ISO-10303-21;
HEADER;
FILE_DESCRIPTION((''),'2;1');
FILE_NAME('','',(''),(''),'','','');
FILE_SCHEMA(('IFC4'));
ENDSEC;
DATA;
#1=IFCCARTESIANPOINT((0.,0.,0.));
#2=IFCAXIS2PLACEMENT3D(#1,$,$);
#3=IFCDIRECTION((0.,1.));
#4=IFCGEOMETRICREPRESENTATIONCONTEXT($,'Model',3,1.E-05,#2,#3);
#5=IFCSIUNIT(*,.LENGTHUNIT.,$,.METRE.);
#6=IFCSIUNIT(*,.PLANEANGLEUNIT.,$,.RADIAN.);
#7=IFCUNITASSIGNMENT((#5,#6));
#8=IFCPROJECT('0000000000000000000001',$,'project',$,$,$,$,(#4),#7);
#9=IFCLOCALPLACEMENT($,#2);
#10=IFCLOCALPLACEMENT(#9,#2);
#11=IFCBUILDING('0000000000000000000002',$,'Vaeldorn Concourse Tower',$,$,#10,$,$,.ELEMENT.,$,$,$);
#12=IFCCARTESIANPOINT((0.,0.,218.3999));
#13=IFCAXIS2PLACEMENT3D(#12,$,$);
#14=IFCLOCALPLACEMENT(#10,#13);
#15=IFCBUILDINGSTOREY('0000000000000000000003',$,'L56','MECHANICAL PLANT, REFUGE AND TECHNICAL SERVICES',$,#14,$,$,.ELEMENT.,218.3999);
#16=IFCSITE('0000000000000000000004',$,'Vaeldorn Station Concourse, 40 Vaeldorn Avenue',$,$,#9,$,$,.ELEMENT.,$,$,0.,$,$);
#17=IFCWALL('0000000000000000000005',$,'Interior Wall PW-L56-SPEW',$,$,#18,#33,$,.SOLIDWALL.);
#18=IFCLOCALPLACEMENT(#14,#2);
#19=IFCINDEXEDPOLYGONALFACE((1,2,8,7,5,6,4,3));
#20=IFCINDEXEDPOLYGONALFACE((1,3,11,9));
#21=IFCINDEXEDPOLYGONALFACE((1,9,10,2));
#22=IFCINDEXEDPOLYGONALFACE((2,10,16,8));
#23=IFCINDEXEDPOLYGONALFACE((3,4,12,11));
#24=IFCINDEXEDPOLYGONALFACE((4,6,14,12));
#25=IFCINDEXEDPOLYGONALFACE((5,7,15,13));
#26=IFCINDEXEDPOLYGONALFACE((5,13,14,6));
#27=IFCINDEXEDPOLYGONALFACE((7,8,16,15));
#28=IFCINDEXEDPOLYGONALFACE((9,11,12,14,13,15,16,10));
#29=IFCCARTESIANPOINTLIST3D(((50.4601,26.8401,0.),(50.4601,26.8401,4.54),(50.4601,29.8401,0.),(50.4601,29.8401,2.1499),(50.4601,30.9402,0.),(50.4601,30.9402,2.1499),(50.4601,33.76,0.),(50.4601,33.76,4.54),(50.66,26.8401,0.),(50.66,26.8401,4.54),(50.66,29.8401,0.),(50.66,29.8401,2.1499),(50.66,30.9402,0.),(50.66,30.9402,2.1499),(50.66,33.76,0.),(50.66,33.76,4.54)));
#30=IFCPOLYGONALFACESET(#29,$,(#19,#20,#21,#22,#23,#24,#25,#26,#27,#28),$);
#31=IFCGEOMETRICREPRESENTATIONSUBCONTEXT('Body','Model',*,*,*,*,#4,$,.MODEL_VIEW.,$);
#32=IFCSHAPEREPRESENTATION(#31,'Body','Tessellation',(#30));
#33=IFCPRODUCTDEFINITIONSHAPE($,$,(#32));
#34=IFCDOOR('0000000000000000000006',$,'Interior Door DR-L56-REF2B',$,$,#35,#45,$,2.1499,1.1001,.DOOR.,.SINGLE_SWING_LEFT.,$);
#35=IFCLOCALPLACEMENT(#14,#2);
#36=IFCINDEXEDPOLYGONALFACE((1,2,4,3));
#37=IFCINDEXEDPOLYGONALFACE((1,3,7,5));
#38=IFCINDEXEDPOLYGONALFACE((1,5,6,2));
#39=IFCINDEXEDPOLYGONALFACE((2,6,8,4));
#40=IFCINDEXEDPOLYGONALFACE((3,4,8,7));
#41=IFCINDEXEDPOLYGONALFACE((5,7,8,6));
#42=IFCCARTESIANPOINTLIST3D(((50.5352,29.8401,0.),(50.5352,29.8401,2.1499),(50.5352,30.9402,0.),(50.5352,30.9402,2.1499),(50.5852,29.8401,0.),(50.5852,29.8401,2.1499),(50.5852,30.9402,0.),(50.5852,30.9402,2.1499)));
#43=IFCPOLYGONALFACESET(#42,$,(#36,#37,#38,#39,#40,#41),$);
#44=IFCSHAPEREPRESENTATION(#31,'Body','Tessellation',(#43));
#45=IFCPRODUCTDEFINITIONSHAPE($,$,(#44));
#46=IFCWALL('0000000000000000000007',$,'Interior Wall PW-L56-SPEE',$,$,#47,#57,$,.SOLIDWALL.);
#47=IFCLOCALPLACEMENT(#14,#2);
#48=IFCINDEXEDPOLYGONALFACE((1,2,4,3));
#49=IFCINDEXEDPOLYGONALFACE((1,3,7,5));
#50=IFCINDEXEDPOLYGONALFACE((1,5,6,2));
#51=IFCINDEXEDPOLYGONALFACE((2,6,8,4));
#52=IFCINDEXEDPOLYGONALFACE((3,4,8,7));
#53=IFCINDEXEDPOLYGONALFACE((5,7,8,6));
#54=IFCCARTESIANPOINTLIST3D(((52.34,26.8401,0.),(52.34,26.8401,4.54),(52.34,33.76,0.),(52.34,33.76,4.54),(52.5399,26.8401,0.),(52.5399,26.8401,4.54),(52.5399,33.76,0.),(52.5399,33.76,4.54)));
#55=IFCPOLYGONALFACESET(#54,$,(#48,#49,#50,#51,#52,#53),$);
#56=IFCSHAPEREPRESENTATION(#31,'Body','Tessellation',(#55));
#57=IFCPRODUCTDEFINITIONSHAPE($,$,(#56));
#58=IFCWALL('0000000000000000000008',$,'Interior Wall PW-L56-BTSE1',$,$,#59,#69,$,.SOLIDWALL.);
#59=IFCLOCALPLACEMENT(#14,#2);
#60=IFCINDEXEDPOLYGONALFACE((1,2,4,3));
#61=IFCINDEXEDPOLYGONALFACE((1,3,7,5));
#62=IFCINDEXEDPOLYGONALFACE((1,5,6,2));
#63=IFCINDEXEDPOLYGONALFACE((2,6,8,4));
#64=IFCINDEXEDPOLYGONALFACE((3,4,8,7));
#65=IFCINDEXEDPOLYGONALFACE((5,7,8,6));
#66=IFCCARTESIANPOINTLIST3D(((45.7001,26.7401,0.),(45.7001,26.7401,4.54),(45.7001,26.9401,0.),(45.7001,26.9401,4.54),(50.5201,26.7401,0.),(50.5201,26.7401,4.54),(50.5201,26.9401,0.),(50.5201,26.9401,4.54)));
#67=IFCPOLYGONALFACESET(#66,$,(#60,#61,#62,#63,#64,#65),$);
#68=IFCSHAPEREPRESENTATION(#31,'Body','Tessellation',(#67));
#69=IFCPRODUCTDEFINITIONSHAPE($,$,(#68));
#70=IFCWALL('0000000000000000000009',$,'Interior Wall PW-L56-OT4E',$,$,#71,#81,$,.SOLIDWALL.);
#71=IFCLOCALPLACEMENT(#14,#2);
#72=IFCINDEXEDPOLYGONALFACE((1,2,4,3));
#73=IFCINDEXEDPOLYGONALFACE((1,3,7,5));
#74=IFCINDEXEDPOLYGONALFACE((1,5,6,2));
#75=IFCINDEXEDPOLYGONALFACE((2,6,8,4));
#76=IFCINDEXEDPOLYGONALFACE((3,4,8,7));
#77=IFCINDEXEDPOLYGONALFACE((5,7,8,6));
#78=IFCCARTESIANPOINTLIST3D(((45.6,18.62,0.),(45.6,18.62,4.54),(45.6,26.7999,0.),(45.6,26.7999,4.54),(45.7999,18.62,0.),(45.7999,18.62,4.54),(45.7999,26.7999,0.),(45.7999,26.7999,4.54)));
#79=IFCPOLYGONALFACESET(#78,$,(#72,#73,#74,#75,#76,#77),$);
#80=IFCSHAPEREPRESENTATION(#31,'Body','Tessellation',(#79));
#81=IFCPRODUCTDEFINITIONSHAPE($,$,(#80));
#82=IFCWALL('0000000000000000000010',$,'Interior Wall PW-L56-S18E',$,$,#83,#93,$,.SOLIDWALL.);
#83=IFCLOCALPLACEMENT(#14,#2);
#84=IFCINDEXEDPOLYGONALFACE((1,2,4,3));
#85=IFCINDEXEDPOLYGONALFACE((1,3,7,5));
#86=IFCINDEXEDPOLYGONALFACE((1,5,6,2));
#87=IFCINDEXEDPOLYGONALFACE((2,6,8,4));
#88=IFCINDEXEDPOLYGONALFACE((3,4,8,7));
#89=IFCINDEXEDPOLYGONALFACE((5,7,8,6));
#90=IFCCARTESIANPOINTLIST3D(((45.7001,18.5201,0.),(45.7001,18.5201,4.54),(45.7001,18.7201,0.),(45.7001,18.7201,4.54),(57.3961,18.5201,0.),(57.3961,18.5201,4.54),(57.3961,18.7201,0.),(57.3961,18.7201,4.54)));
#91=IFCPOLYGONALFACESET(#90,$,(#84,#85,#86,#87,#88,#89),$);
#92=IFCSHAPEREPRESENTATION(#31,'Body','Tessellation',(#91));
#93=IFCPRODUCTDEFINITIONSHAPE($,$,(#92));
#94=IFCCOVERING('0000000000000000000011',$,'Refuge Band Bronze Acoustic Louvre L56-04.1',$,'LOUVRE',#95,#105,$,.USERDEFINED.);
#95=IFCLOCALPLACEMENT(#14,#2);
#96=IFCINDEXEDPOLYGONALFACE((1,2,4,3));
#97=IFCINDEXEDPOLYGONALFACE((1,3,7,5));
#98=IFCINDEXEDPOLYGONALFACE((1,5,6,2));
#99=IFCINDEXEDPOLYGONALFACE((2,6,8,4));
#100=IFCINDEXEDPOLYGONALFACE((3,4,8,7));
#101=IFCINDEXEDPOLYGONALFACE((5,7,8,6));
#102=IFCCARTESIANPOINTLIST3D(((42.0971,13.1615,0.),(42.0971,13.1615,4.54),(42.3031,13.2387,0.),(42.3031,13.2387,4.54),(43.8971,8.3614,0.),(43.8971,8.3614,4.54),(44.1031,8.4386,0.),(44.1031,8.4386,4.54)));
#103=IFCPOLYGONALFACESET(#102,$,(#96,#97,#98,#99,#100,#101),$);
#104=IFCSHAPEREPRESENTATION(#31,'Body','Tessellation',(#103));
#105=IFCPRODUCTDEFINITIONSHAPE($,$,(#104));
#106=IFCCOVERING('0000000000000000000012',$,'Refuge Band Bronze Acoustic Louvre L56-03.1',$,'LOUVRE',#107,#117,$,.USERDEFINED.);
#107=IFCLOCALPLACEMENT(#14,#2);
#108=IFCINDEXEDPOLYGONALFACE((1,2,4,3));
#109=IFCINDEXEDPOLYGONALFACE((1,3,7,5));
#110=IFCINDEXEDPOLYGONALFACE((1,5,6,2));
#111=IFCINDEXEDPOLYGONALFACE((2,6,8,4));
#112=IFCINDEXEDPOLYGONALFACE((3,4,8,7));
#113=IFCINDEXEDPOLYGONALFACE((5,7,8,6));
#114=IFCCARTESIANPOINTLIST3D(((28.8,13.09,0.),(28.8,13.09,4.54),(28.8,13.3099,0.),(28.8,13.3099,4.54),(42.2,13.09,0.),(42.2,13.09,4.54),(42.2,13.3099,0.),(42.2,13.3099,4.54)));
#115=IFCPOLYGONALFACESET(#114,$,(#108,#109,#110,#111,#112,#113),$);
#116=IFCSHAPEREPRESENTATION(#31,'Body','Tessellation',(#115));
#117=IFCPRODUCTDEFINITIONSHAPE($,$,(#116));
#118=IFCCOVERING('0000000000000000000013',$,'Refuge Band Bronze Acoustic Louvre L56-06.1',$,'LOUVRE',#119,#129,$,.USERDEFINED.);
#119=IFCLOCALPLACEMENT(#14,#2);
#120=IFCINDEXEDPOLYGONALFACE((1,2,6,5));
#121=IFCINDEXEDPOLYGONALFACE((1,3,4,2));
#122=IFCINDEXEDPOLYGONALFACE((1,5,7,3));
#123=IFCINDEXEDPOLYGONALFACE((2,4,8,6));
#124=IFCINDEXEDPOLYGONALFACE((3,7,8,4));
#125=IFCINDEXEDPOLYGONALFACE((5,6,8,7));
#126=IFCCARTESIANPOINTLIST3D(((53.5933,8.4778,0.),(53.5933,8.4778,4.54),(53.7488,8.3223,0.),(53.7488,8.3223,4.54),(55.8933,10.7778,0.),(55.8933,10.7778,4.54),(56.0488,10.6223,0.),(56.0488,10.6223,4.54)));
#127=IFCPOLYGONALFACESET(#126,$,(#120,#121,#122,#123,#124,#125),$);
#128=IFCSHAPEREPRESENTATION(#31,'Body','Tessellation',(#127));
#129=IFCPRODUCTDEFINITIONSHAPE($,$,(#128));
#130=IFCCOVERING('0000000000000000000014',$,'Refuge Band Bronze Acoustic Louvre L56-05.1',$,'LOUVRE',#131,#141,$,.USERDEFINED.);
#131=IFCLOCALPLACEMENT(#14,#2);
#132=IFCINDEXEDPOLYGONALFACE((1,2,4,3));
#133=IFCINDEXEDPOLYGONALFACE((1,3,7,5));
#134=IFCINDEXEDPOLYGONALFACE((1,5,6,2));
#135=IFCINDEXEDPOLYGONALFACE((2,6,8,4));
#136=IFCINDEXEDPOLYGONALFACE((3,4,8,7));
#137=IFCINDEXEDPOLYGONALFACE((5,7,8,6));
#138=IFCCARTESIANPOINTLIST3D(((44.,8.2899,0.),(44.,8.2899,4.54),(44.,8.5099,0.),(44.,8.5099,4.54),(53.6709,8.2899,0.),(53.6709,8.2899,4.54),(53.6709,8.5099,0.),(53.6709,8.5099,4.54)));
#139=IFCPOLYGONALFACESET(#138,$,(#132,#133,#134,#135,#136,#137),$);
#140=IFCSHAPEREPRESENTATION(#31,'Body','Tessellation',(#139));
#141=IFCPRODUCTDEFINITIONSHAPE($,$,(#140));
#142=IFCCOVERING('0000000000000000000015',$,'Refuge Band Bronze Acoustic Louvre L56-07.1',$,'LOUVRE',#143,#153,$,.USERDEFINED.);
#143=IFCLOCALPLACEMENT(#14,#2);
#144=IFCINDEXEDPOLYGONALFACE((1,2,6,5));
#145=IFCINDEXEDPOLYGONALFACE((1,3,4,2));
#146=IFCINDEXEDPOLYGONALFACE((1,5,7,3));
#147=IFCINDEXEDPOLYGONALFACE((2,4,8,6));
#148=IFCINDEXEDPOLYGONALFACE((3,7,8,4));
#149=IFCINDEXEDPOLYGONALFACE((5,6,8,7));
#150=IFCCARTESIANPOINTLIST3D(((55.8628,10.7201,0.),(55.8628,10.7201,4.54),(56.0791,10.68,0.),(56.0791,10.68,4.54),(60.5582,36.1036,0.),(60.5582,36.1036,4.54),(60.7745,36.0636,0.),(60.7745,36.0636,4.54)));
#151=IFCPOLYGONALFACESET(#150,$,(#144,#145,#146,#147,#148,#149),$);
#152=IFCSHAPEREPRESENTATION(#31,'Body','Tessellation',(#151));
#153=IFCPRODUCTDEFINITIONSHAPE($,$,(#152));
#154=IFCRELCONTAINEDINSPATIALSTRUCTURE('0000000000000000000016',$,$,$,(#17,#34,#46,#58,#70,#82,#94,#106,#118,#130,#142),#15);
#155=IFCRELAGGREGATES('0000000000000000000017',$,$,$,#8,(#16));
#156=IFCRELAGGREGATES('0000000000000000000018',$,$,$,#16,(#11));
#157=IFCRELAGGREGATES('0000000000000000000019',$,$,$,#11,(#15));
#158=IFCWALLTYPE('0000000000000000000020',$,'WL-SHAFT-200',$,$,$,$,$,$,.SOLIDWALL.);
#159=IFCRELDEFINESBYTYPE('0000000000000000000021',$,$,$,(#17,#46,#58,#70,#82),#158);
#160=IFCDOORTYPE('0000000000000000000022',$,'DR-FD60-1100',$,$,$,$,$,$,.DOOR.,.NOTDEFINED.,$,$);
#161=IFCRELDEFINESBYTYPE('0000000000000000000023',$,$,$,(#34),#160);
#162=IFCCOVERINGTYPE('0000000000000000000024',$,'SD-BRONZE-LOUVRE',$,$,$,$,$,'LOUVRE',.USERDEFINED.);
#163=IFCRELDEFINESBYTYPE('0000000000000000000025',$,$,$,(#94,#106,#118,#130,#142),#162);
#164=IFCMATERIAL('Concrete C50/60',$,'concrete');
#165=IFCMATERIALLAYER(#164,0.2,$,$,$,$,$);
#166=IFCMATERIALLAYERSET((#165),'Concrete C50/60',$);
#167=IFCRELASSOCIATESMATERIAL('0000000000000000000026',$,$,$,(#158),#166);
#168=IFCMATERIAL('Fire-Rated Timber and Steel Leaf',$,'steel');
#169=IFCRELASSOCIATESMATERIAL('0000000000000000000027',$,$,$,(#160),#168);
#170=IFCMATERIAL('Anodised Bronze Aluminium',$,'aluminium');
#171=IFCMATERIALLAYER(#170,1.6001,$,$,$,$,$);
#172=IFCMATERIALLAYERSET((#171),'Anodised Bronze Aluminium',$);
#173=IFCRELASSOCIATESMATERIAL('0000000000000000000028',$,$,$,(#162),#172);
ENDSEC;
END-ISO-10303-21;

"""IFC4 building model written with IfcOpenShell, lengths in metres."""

from ifc_helpers import new_model, si_unit, direction, frame, frame_2d, origin, origin_2d, place, context, subcontext, project, spatial, rectangle, extrude, source, transform, mapped, material, layer, layer_set, type_object, element, fill, save


model = new_model("IFC4")

# Units and contexts
model_context = context("Model", 3, precision=1e-05, world=origin(), true_north=direction((0.0, 1.0)))
body_context = subcontext(model_context, "Body", "Model", "MODEL_VIEW")
ifc_project = project(units=[si_unit("LENGTHUNIT", "METRE"), si_unit("PLANEANGLEUNIT", "RADIAN")], contexts=[model_context])

# Site, building, storey
site_placement = place(None, origin())
site = spatial("IfcSite", under=ifc_project, at=site_placement, Name="Vaeldorn Station Concourse, 40 Vaeldorn Avenue", CompositionType="ELEMENT", RefElevation=0.0)
building_placement = place(site_placement, origin())
building = spatial("IfcBuilding", under=site, at=building_placement, Name="Vaeldorn Concourse Tower", CompositionType="ELEMENT")
storey_placement = place(building_placement, frame((0.0, 0.0, 218.3999)))
storey = spatial("IfcBuildingStorey", under=building, at=storey_placement, Name="L56", Description="MECHANICAL PLANT, REFUGE AND TECHNICAL SERVICES", CompositionType="ELEMENT", Elevation=218.3999)

# Wall, opening, door
ifc_material_1 = material(Name="Concrete C50/60", Category="concrete")
ifc_layer_1 = layer(ifc_material_1, 0.2)
ifc_layer_set_1 = layer_set([ifc_layer_1], Name="Concrete C50/60")
wall_type = type_object("IfcWallType", Name="WL-SHAFT-200", PredefinedType="SOLIDWALL", material=ifc_layer_set_1)
wall_1_placement = place(storey_placement, frame((50.5601, 26.8401, 0.0), z_axis=(0.0, 0.0, 1.0), x_axis=(0.0, 1.0, 0.0)))
wall_1 = element("IfcWall", 1, at=wall_1_placement, inside=storey, type_object=wall_type, Name="Interior Wall PW-L56-SPEW", PredefinedType="SOLIDWALL", context=body_context, shape_type="SweptSolid", body=[
    extrude(rectangle(XDim=6.9199, YDim=0.2, at=frame_2d((3.46, 0.0))), origin(), (0.0, 0.0, 1.0), 4.54),
])
opening_1_placement = place(wall_1_placement, frame((3.0, 0.0, 0.0)))
opening_1 = element("IfcOpeningElement", 2, at=opening_1_placement, cuts=wall_1, PredefinedType="OPENING", context=body_context, shape_type="SweptSolid", body=[
    extrude(rectangle(XDim=1.1001, YDim=2.1499, at=frame_2d((0.55, 1.075))), frame((0.0, 0.1099, 0.0), z_axis=(0.0, -1.0, 0.0), x_axis=(1.0, 0.0, 0.0)), (0.0, 0.0, 1.0), 0.22),
])
ifc_material_2 = material(Name="Fire-Rated Timber and Steel Leaf", Category="steel")
door_type = type_object("IfcDoorType", Name="DR-FD60-1100", OperationType="NOTDEFINED", PredefinedType="DOOR", material=ifc_material_2)
shared_shape_1 = source(origin(), body_context, "Body", "SweptSolid", [
    extrude(rectangle(XDim=1.1001, YDim=2.1499, at=frame_2d((0.55, 1.075))), frame((0.0, 0.0249, 0.0), z_axis=(0.0, -1.0, 0.0), x_axis=(1.0, 0.0, 0.0)), (0.0, 0.0, 1.0), 0.05),
])
door_1_placement = place(opening_1_placement, origin())
door_1 = element("IfcDoor", 3, at=door_1_placement, inside=storey, type_object=door_type, Name="Interior Door DR-L56-REF2B", OperationType="SINGLE_SWING_LEFT", OverallHeight=2.1499, OverallWidth=1.1001, PredefinedType="DOOR", context=body_context, shape_type="MappedRepresentation", body=[
    mapped(shared_shape_1, transform((0.0, 0.0, 0.0), scale=1.0)),
])
fill(opening_1, door_1)

# Wall
wall_2_placement = place(storey_placement, frame((52.4399, 26.8401, 0.0), z_axis=(0.0, 0.0, 1.0), x_axis=(0.0, 1.0, 0.0)))
element("IfcWall", 4, at=wall_2_placement, inside=storey, type_object=wall_type, Name="Interior Wall PW-L56-SPEE", PredefinedType="SOLIDWALL", context=body_context, shape_type="SweptSolid", body=[
    extrude(rectangle(XDim=6.9199, YDim=0.2, at=frame_2d((3.46, 0.0))), origin(), (0.0, 0.0, 1.0), 4.54),
])

# Walls
wall_3_placement = place(storey_placement, frame((45.7, 26.8401, 0.0), z_axis=(0.0, 0.0, 1.0), x_axis=(1.0, 0.0, 0.0)))
element("IfcWall", 5, at=wall_3_placement, inside=storey, type_object=wall_type, Name="Interior Wall PW-L56-BTSE1", PredefinedType="SOLIDWALL", context=body_context, shape_type="SweptSolid", body=[
    extrude(rectangle(XDim=4.8201, YDim=0.2, at=frame_2d((2.4102, 0.0))), origin(), (0.0, 0.0, 1.0), 4.54),
])
wall_4_placement = place(storey_placement, frame((45.7, 18.6201, 0.0), z_axis=(0.0, 0.0, 1.0), x_axis=(0.0, 1.0, 0.0)))
element("IfcWall", 6, at=wall_4_placement, inside=storey, type_object=wall_type, Name="Interior Wall PW-L56-OT4E", PredefinedType="SOLIDWALL", context=body_context, shape_type="SweptSolid", body=[
    extrude(rectangle(XDim=8.1799, YDim=0.2, at=frame_2d((4.0898, 0.0))), origin(), (0.0, 0.0, 1.0), 4.54),
])
wall_5_placement = place(storey_placement, frame((45.7, 18.6201, 0.0), z_axis=(0.0, 0.0, 1.0), x_axis=(1.0, 0.0, 0.0)))
element("IfcWall", 7, at=wall_5_placement, inside=storey, type_object=wall_type, Name="Interior Wall PW-L56-S18E", PredefinedType="SOLIDWALL", context=body_context, shape_type="SweptSolid", body=[
    extrude(rectangle(XDim=11.696, YDim=0.2, at=frame_2d((5.8481, 0.0))), origin(), (0.0, 0.0, 1.0), 4.54),
])

# Shared definitions
ifc_material_3 = material(Name="Anodised Bronze Aluminium", Category="aluminium")

# Coverings
ifc_layer_2 = layer(ifc_material_3, 1.6001)
ifc_layer_set_2 = layer_set([ifc_layer_2], Name="Anodised Bronze Aluminium")
covering_type = type_object("IfcCoveringType", Name="SD-BRONZE-LOUVRE", ElementType="LOUVRE", PredefinedType="USERDEFINED", material=ifc_layer_set_2)
shared_shape_2 = source(origin(), body_context, "Body", "SweptSolid", [
    extrude(rectangle(XDim=5.1265, YDim=0.22, at=origin_2d()), origin(), (0.0, 0.0, 1.0), 4.54),
])
covering_1_placement = place(storey_placement, frame((43.1001, 10.8, 0.0), z_axis=(0.0, 0.0, 1.0), x_axis=(0.351123, -0.936329, 0.0)))
element("IfcCovering", 8, at=covering_1_placement, inside=storey, type_object=covering_type, Name="Refuge Band Bronze Acoustic Louvre L56-04.1", ObjectType="LOUVRE", PredefinedType="USERDEFINED", context=body_context, shape_type="MappedRepresentation", body=[
    mapped(shared_shape_2, transform((0.0, 0.0, 0.0), scale=1.0)),
])
shared_shape_3 = source(origin(), body_context, "Body", "SweptSolid", [
    extrude(rectangle(XDim=13.3999, YDim=0.22, at=origin_2d()), origin(), (0.0, 0.0, 1.0), 4.54),
])
covering_2_placement = place(storey_placement, frame((35.5, 13.2, 0.0), z_axis=(0.0, 0.0, 1.0), x_axis=(1.0, 0.0, 0.0)))
element("IfcCovering", 9, at=covering_2_placement, inside=storey, type_object=covering_type, Name="Refuge Band Bronze Acoustic Louvre L56-03.1", ObjectType="LOUVRE", PredefinedType="USERDEFINED", context=body_context, shape_type="MappedRepresentation", body=[
    mapped(shared_shape_3, transform((0.0, 0.0, 0.0), scale=1.0)),
])
shared_shape_4 = source(origin(), body_context, "Body", "SweptSolid", [
    extrude(rectangle(XDim=3.2527, YDim=0.22, at=origin_2d()), origin(), (0.0, 0.0, 1.0), 4.54),
])
covering_3_placement = place(storey_placement, frame((54.821, 9.55, 0.0), z_axis=(0.0, 0.0, 1.0), x_axis=(0.707107, 0.707107, 0.0)))
element("IfcCovering", 10, at=covering_3_placement, inside=storey, type_object=covering_type, Name="Refuge Band Bronze Acoustic Louvre L56-06.1", ObjectType="LOUVRE", PredefinedType="USERDEFINED", context=body_context, shape_type="MappedRepresentation", body=[
    mapped(shared_shape_4, transform((0.0, 0.0, 0.0), scale=1.0)),
])
shared_shape_5 = source(origin(), body_context, "Body", "SweptSolid", [
    extrude(rectangle(XDim=9.6709, YDim=0.22, at=origin_2d()), origin(), (0.0, 0.0, 1.0), 4.54),
])
covering_4_placement = place(storey_placement, frame((48.8354, 8.3999, 0.0), z_axis=(0.0, 0.0, 1.0), x_axis=(1.0, 0.0, 0.0)))
element("IfcCovering", 11, at=covering_4_placement, inside=storey, type_object=covering_type, Name="Refuge Band Bronze Acoustic Louvre L56-05.1", ObjectType="LOUVRE", PredefinedType="USERDEFINED", context=body_context, shape_type="MappedRepresentation", body=[
    mapped(shared_shape_5, transform((0.0, 0.0, 0.0), scale=1.0)),
])
shared_shape_6 = source(origin(), body_context, "Body", "SweptSolid", [
    extrude(rectangle(XDim=25.8142, YDim=0.22, at=origin_2d()), origin(), (0.0, 0.0, 1.0), 4.54),
])
covering_5_placement = place(storey_placement, frame((58.3186, 23.3918, 0.0), z_axis=(0.0, 0.0, 1.0), x_axis=(0.181892, 0.983318, 0.0)))
element("IfcCovering", 12, at=covering_5_placement, inside=storey, type_object=covering_type, Name="Refuge Band Bronze Acoustic Louvre L56-07.1", ObjectType="LOUVRE", PredefinedType="USERDEFINED", context=body_context, shape_type="MappedRepresentation", body=[
    mapped(shared_shape_6, transform((0.0, 0.0, 0.0), scale=1.0)),
])

save(model, "model.ifc")
